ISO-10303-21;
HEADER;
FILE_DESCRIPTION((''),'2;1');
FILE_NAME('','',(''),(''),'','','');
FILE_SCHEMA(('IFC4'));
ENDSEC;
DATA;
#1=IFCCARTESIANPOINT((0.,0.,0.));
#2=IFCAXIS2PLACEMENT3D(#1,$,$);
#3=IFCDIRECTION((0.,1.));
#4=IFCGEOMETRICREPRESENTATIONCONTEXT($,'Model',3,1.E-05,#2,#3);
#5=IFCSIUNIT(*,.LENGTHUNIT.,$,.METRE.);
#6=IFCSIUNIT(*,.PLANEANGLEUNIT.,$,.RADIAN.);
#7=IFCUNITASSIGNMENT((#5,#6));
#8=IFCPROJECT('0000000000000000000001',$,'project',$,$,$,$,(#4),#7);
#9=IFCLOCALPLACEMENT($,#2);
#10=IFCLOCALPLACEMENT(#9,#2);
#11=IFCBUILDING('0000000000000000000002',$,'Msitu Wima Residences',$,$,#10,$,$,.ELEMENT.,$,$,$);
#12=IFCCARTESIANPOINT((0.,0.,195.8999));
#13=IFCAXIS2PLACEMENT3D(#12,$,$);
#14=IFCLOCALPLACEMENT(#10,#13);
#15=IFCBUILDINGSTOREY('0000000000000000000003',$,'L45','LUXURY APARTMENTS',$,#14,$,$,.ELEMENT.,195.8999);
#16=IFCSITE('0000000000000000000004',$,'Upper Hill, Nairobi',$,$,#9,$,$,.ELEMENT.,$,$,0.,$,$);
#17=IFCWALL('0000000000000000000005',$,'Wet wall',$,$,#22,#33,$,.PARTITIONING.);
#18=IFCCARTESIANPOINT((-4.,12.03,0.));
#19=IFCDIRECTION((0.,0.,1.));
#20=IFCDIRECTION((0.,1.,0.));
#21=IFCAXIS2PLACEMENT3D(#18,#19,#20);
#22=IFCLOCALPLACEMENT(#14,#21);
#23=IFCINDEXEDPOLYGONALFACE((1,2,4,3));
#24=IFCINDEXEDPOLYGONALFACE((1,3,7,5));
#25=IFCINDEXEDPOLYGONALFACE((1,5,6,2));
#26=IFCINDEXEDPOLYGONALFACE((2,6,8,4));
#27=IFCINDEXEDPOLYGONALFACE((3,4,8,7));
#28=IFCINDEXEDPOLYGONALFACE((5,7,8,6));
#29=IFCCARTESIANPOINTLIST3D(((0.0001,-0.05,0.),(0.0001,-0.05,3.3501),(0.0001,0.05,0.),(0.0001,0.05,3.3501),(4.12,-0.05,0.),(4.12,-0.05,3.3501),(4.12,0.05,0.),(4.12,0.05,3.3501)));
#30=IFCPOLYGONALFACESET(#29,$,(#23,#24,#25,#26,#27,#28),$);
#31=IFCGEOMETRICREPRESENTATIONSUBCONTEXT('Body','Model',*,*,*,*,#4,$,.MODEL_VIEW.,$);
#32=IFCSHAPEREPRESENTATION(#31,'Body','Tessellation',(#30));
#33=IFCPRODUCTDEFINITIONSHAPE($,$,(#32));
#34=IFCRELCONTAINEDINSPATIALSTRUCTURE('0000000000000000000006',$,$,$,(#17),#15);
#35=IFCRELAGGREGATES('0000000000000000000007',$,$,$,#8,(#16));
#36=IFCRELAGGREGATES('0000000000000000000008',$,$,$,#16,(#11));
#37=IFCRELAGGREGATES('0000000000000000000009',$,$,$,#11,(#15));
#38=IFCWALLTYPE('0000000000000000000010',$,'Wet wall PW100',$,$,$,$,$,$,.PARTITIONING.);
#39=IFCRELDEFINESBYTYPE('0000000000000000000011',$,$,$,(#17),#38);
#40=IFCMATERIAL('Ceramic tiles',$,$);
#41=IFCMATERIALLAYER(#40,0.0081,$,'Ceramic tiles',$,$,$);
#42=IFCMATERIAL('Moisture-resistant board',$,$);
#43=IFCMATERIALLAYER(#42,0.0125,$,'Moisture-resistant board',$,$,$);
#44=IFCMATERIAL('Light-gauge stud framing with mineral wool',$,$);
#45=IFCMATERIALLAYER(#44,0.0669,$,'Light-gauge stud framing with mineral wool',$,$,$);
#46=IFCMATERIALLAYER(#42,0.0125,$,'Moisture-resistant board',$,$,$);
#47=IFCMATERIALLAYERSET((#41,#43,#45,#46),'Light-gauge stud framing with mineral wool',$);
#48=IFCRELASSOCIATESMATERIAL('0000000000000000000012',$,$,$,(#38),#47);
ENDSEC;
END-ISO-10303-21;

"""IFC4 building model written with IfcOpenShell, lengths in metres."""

from ifc_helpers import new_model, si_unit, direction, frame, frame_2d, origin, place, context, subcontext, project, spatial, rectangle, extrude, material, layer, layer_set, type_object, element, save


model = new_model("IFC4")

# Units and contexts
model_context = context("Model", 3, precision=1e-05, world=origin(), true_north=direction((0.0, 1.0)))
body_context = subcontext(model_context, "Body", "Model", "MODEL_VIEW")
ifc_project = project(units=[si_unit("LENGTHUNIT", "METRE"), si_unit("PLANEANGLEUNIT", "RADIAN")], contexts=[model_context])

# Site, building, storey
site_placement = place(None, origin())
site = spatial("IfcSite", under=ifc_project, at=site_placement, Name="Upper Hill, Nairobi", CompositionType="ELEMENT", RefElevation=0.0)
building_placement = place(site_placement, origin())
building = spatial("IfcBuilding", under=site, at=building_placement, Name="Msitu Wima Residences", CompositionType="ELEMENT")
storey_placement = place(building_placement, frame((0.0, 0.0, 195.8999)))
storey = spatial("IfcBuildingStorey", under=building, at=storey_placement, Name="L45", Description="LUXURY APARTMENTS", CompositionType="ELEMENT", Elevation=195.8999)

# Shared definitions
ifc_material_1 = material(Name="Ceramic tiles")
ifc_layer_1 = layer(ifc_material_1, 0.0081, Name="Ceramic tiles")
ifc_material_2 = material(Name="Moisture-resistant board")
ifc_layer_2 = layer(ifc_material_2, 0.0125, Name="Moisture-resistant board")
ifc_material_3 = material(Name="Light-gauge stud framing with mineral wool")
ifc_layer_3 = layer(ifc_material_3, 0.0669, Name="Light-gauge stud framing with mineral wool")
ifc_layer_4 = layer(ifc_material_2, 0.0125, Name="Moisture-resistant board")
ifc_layer_set_1 = layer_set([ifc_layer_1, ifc_layer_2, ifc_layer_3, ifc_layer_4], Name="Light-gauge stud framing with mineral wool")
wall_type_1 = type_object("IfcWallType", Name="Wet wall PW100", PredefinedType="PARTITIONING", material=ifc_layer_set_1)

# Wall
wall_1_placement = place(storey_placement, frame((-4.0, 12.03, 0.0), z_axis=(0.0, 0.0, 1.0), x_axis=(0.0, 1.0, 0.0)))
element("IfcWall", 1, at=wall_1_placement, inside=storey, type_object=wall_type_1, Name="Wet wall", PredefinedType="PARTITIONING", context=body_context, shape_type="SweptSolid", body=[
    extrude(rectangle(XDim=4.1199, YDim=0.1001, at=frame_2d((2.0601, 0.0))), origin(), (0.0, 0.0, 1.0), 3.3501),
])

save(model, "model.ifc")
